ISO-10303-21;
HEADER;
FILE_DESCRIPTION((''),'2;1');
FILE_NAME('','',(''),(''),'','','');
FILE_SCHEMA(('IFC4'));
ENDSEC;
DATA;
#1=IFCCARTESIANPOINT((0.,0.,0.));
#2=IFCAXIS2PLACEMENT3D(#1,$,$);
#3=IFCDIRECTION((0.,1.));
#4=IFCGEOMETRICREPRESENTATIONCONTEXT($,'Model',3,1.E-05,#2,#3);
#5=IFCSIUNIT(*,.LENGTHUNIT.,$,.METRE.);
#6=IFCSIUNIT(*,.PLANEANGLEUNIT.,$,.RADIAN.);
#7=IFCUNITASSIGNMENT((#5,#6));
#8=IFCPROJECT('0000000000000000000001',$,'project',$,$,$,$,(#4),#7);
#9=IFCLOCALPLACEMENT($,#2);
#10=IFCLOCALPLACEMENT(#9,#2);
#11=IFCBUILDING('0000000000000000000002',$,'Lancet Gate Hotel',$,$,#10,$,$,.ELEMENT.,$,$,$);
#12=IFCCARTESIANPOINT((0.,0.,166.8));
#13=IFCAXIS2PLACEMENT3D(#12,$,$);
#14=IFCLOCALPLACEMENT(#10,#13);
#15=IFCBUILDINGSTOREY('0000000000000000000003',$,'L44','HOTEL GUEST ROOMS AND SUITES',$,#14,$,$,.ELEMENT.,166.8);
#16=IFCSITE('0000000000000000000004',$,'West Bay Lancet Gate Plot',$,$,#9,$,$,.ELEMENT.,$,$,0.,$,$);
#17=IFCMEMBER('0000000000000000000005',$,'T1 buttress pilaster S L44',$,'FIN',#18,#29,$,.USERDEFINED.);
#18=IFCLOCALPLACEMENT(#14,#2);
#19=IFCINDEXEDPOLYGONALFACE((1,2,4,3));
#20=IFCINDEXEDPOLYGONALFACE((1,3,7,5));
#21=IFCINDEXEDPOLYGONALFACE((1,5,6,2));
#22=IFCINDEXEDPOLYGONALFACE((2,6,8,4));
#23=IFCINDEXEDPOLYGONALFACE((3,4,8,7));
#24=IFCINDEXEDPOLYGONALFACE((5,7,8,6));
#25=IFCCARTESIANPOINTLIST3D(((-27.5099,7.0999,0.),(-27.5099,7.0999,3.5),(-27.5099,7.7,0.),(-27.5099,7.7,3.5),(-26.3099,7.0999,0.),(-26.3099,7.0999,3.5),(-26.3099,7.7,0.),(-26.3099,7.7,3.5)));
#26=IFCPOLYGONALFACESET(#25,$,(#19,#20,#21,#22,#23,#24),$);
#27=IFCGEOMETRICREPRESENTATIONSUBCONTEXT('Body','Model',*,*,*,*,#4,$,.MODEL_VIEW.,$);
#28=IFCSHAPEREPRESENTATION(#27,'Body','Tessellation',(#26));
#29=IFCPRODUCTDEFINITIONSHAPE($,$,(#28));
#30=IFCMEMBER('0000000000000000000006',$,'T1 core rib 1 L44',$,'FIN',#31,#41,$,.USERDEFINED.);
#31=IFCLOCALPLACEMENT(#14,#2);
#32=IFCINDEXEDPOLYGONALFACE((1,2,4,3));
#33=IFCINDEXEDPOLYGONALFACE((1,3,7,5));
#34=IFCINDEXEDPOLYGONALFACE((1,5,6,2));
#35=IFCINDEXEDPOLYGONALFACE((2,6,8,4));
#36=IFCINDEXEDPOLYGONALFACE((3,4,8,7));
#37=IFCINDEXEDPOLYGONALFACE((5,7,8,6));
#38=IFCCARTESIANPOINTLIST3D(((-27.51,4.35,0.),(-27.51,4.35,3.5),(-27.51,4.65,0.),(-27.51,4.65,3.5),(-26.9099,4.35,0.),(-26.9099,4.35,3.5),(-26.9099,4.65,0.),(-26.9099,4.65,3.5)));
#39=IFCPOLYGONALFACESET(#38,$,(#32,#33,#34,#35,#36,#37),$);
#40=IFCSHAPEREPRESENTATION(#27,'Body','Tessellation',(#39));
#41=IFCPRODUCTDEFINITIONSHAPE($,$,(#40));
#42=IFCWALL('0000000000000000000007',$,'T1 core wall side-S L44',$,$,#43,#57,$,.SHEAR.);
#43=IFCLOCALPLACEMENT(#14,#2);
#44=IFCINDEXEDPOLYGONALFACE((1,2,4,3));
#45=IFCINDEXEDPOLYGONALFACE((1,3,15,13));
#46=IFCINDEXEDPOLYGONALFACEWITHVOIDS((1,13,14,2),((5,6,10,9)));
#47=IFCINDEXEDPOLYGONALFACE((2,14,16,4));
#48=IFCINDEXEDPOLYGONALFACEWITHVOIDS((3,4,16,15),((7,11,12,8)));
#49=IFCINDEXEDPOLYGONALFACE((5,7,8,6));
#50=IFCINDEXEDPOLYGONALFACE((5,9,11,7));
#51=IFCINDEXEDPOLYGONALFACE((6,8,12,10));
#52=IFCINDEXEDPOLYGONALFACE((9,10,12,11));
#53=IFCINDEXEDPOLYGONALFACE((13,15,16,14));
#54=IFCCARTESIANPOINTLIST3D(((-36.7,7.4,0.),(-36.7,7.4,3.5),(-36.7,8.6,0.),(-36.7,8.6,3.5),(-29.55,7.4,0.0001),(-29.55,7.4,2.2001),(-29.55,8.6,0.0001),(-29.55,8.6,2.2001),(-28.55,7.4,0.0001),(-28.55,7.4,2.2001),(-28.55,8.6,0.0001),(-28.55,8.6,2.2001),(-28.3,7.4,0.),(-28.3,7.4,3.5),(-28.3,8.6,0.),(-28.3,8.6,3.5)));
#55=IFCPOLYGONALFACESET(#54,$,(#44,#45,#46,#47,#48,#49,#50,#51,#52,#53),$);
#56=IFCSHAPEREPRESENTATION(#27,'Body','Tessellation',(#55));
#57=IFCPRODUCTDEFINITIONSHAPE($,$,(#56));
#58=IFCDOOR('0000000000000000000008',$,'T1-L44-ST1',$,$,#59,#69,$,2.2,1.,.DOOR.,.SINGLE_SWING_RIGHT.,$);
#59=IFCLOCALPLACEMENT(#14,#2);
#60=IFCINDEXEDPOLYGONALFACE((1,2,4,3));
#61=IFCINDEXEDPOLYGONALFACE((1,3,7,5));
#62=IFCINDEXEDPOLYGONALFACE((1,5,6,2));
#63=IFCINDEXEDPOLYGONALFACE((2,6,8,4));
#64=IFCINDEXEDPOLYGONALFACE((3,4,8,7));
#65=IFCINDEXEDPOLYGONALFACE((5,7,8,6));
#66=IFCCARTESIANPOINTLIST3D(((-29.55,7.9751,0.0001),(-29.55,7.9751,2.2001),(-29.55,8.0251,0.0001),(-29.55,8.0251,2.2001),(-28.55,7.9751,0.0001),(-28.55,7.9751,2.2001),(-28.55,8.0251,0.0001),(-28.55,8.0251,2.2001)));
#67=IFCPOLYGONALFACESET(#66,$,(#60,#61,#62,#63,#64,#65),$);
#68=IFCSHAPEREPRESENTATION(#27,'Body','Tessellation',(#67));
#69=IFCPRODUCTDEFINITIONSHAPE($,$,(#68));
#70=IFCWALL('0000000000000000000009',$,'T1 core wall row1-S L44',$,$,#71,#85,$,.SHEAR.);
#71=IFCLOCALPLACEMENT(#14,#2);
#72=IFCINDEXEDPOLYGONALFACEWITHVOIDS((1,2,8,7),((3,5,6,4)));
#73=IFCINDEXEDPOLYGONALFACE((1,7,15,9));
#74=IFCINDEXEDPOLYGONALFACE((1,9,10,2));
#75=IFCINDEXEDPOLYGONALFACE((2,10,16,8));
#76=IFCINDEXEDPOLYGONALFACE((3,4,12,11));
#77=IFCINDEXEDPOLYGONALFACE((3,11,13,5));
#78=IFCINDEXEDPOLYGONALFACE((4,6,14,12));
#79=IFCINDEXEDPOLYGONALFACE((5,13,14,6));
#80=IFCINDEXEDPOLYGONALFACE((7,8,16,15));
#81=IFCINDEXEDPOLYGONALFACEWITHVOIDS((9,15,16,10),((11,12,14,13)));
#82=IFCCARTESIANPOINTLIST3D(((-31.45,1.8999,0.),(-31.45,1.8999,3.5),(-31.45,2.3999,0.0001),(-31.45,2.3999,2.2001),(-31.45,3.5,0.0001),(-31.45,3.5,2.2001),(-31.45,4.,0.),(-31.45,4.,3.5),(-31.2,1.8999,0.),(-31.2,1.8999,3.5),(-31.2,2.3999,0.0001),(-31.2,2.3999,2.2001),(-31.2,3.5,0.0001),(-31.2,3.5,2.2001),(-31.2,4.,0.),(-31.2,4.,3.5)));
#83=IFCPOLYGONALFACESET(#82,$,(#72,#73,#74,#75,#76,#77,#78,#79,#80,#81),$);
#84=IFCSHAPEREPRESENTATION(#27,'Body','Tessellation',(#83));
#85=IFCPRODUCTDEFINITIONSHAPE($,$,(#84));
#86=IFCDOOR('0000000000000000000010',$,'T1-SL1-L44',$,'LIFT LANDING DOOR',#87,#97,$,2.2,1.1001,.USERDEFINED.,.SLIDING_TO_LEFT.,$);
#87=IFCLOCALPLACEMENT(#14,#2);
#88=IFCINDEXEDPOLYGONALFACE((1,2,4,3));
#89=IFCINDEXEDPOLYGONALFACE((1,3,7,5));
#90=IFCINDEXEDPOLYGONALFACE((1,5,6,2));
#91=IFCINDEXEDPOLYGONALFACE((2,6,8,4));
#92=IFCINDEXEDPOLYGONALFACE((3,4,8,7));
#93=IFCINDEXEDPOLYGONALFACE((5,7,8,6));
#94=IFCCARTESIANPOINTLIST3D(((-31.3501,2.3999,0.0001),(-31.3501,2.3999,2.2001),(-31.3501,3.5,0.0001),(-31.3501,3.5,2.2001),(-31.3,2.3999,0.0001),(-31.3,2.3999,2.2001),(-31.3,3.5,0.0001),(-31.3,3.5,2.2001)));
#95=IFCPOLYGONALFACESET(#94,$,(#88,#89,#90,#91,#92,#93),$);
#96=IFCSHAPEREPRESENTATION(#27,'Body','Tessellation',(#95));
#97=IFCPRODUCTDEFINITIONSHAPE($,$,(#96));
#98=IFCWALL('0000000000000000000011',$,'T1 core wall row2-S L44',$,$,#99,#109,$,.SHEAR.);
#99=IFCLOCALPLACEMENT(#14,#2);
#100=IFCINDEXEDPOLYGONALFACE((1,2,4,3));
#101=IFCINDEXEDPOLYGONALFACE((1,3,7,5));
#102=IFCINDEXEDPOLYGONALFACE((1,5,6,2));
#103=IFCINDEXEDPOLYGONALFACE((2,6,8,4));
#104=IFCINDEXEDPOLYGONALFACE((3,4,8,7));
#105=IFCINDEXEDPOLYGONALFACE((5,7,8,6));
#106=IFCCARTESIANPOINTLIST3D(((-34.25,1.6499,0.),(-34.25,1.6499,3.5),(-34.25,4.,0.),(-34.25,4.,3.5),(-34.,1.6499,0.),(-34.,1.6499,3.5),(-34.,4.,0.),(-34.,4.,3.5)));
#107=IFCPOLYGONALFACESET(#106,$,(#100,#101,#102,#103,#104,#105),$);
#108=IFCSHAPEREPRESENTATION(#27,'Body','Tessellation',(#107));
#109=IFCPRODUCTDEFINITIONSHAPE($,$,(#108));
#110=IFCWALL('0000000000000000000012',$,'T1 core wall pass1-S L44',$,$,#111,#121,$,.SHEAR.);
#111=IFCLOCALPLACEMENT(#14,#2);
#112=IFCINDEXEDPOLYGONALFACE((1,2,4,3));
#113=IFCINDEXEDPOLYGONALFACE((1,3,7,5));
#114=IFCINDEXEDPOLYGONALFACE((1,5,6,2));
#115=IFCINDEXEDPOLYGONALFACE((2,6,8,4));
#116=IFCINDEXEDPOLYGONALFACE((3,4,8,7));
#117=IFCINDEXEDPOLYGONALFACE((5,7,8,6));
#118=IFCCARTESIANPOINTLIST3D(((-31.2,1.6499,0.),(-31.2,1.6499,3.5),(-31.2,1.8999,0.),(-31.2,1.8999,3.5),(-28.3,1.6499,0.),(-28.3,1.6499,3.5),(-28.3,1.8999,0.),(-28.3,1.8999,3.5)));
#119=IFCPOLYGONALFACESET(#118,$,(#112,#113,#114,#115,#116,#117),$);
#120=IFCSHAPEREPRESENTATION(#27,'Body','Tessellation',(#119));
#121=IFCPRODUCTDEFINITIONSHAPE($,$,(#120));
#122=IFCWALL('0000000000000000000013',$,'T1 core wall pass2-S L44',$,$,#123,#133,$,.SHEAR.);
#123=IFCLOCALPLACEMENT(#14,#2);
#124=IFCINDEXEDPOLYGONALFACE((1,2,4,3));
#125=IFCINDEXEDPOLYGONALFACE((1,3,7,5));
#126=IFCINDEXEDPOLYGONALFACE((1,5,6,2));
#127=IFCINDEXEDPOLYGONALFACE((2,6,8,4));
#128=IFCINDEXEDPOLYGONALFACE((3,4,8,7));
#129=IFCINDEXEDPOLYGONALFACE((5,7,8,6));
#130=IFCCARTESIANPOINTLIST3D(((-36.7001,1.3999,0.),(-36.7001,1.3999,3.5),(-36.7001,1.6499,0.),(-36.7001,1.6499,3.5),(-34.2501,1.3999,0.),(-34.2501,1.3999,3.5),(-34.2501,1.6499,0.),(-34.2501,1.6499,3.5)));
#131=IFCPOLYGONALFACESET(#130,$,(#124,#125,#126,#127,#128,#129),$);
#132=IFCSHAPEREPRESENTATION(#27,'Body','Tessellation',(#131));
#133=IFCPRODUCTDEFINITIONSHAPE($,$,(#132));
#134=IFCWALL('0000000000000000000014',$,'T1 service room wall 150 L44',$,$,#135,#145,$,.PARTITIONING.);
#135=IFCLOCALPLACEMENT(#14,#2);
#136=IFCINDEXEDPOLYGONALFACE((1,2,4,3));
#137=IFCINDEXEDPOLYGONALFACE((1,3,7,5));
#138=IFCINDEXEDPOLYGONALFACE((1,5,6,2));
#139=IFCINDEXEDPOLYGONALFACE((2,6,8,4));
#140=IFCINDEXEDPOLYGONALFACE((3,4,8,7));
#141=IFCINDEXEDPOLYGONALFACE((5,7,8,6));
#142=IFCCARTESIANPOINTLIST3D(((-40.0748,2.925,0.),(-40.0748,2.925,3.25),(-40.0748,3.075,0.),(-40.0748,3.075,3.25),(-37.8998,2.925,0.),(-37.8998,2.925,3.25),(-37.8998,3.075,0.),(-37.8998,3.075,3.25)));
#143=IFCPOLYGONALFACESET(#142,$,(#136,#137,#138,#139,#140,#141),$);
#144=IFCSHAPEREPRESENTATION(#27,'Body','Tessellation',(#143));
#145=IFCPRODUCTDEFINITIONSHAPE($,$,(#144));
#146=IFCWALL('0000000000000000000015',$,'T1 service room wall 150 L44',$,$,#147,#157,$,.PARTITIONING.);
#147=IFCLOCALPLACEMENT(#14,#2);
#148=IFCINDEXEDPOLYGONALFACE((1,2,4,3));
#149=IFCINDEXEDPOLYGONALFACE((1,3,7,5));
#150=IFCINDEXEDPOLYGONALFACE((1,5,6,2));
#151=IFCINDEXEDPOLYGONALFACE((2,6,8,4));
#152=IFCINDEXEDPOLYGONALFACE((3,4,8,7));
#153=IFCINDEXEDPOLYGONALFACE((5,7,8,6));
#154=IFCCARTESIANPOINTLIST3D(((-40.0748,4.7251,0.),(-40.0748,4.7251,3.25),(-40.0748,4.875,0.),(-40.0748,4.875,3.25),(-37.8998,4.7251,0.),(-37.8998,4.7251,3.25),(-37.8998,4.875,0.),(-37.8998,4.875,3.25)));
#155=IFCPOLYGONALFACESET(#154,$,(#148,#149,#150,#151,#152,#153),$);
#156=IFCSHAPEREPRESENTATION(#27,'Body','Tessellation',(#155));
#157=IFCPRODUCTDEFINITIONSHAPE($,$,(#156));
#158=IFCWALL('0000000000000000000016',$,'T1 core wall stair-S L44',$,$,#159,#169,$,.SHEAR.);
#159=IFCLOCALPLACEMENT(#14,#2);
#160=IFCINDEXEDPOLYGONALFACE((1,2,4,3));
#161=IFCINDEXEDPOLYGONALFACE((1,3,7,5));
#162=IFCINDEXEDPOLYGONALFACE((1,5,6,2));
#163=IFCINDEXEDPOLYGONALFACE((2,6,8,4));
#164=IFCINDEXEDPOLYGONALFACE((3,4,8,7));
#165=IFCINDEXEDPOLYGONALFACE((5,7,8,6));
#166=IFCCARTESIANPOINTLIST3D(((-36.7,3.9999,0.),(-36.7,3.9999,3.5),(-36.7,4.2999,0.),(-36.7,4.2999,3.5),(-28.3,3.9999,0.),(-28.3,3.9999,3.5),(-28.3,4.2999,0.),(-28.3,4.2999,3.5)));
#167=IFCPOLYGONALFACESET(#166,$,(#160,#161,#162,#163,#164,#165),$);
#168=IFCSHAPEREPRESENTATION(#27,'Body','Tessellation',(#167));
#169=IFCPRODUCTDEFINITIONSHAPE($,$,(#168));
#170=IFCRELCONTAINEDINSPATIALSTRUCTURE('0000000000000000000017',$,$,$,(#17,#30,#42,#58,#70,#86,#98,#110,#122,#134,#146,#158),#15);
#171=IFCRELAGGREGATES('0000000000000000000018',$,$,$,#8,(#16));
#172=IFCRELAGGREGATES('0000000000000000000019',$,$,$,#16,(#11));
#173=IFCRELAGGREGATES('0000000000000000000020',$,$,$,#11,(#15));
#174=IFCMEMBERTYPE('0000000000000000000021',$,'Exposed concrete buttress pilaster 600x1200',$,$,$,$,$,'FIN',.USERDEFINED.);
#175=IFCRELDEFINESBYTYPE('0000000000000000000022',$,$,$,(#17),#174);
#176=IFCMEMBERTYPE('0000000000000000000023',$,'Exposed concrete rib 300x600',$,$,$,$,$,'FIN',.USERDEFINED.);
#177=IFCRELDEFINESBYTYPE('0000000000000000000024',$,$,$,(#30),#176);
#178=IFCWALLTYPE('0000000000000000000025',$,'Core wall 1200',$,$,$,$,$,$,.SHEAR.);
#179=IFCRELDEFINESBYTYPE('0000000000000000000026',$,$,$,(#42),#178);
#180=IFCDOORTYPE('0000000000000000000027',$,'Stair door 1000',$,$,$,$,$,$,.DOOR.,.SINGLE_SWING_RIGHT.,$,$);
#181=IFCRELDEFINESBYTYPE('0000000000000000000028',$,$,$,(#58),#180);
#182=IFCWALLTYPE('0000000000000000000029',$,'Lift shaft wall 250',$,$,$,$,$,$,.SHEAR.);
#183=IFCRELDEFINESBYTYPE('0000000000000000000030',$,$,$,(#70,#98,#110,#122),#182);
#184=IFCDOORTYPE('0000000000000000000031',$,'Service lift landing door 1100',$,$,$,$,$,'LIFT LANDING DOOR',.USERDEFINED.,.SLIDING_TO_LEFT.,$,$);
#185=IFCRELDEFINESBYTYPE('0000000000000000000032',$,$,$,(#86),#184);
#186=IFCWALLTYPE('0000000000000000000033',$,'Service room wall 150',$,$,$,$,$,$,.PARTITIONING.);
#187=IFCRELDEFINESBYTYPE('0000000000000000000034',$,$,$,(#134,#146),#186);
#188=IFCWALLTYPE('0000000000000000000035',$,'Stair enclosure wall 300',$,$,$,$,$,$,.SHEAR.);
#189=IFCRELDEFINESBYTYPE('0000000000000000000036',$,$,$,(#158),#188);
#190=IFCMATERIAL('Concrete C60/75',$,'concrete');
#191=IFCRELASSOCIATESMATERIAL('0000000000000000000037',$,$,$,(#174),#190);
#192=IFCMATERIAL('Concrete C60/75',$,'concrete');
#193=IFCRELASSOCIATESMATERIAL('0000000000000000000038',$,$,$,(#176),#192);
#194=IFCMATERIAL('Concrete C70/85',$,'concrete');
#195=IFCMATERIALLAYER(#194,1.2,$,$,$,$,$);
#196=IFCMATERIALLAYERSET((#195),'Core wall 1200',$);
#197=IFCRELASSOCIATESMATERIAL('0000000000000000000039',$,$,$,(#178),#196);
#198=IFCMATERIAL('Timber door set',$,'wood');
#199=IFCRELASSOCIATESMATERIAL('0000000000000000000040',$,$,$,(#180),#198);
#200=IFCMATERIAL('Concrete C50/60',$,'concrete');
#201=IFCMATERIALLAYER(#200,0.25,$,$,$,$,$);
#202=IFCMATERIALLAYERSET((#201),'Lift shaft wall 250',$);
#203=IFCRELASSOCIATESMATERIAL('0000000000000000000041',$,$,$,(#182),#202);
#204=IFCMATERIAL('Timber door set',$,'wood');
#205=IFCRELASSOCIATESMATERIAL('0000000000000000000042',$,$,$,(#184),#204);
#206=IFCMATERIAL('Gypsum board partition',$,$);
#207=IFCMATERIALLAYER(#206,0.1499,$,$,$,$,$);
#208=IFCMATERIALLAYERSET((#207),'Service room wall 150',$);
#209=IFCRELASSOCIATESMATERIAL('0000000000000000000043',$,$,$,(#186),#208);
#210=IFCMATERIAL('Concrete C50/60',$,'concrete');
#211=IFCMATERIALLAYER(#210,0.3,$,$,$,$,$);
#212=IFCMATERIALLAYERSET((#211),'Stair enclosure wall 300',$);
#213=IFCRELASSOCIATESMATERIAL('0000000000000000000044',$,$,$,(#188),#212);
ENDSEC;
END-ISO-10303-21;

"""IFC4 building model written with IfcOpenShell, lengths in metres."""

from ifc_helpers import new_model, si_unit, direction, frame, frame_2d, origin, origin_2d, place, context, subcontext, project, spatial, rectangle, extrude, material, layer, layer_set, material_profile, profile_set, type_object, element, fill, save


model = new_model("IFC4")

# Units and contexts
model_context = context("Model", 3, precision=1e-05, world=origin(), true_north=direction((0.0, 1.0)))
body_context = subcontext(model_context, "Body", "Model", "MODEL_VIEW")
ifc_project = project(units=[si_unit("LENGTHUNIT", "METRE"), si_unit("PLANEANGLEUNIT", "RADIAN")], contexts=[model_context])

# Site, building, storey
site_placement = place(None, origin())
site = spatial("IfcSite", under=ifc_project, at=site_placement, Name="West Bay Lancet Gate Plot", CompositionType="ELEMENT", RefElevation=0.0)
building_placement = place(site_placement, origin())
building = spatial("IfcBuilding", under=site, at=building_placement, Name="Lancet Gate Hotel", CompositionType="ELEMENT")
storey_placement = place(building_placement, frame((0.0, 0.0, 166.8)))
storey = spatial("IfcBuildingStorey", under=building, at=storey_placement, Name="L44", Description="HOTEL GUEST ROOMS AND SUITES", CompositionType="ELEMENT", Elevation=166.8)

# Members
ifc_material_1 = material(Name="Concrete C60/75", Category="concrete")
ifc_material_profile_1 = material_profile(ifc_material_1, rectangle(XDim=0.6001, YDim=1.2, at=origin_2d()), Name="FIN 600x1200")
ifc_profile_set_1 = profile_set([ifc_material_profile_1], Name="Concrete C60/75")
member_type_1 = type_object("IfcMemberType", Name="Exposed concrete buttress pilaster 600x1200", ElementType="FIN", PredefinedType="USERDEFINED", material=ifc_profile_set_1)
member_1_placement = place(storey_placement, frame((-26.9099, 7.3999, 0.0), z_axis=(0.0, 0.0, 1.0), x_axis=(0.0, 1.0, 0.0)))
element("IfcMember", 1, at=member_1_placement, inside=storey, type_object=member_type_1, Name="T1 buttress pilaster S L44", ObjectType="FIN", PredefinedType="USERDEFINED", context=body_context, shape_type="SweptSolid", body=[
    extrude(rectangle(XDim=0.6001, YDim=1.2, at=origin_2d()), origin(), (0.0, 0.0, 1.0), 3.5),
])
ifc_material_2 = material(Name="Concrete C60/75", Category="concrete")
ifc_material_profile_2 = material_profile(ifc_material_2, rectangle(XDim=0.3, YDim=0.6001, at=origin_2d()), Name="FIN 300x600")
ifc_profile_set_2 = profile_set([ifc_material_profile_2], Name="Concrete C60/75")
member_type_2 = type_object("IfcMemberType", Name="Exposed concrete rib 300x600", ElementType="FIN", PredefinedType="USERDEFINED", material=ifc_profile_set_2)
member_2_placement = place(storey_placement, frame((-27.21, 4.5, 0.0), z_axis=(0.0, 0.0, 1.0), x_axis=(0.0, 1.0, 0.0)))
element("IfcMember", 2, at=member_2_placement, inside=storey, type_object=member_type_2, Name="T1 core rib 1 L44", ObjectType="FIN", PredefinedType="USERDEFINED", context=body_context, shape_type="SweptSolid", body=[
    extrude(rectangle(XDim=0.3, YDim=0.6001, at=origin_2d()), origin(), (0.0, 0.0, 1.0), 3.5),
])

# Walls, openings, doors
ifc_material_3 = material(Name="Concrete C70/85", Category="concrete")
ifc_layer_1 = layer(ifc_material_3, 1.2)
ifc_layer_set_1 = layer_set([ifc_layer_1], Name="Core wall 1200")
wall_type_1 = type_object("IfcWallType", Name="Core wall 1200", PredefinedType="SHEAR", material=ifc_layer_set_1)
wall_1_placement = place(storey_placement, frame((-28.3, 8.0, 0.0), z_axis=(0.0, 0.0, 1.0), x_axis=(-1.0, 0.0, 0.0)))
wall_1 = element("IfcWall", 3, at=wall_1_placement, inside=storey, type_object=wall_type_1, Name="T1 core wall side-S L44", PredefinedType="SHEAR", context=body_context, shape_type="SweptSolid", body=[
    extrude(rectangle(XDim=8.3999, YDim=1.2, at=frame_2d((4.2, 0.0))), origin(), (0.0, 0.0, 1.0), 3.5),
])
opening_1_placement = place(wall_1_placement, frame((0.25, 0.0, 0.0)))
opening_1 = element("IfcOpeningElement", 4, at=opening_1_placement, cuts=wall_1, PredefinedType="OPENING", context=body_context, shape_type="SweptSolid", body=[
    extrude(rectangle(XDim=1.0, YDim=2.2, at=frame_2d((0.5, 1.1001))), frame((0.0, 0.6099, 0.0), z_axis=(0.0, -1.0, 0.0), x_axis=(1.0, 0.0, 0.0)), (0.0, 0.0, 1.0), 1.22),
])
ifc_material_4 = material(Name="Timber door set", Category="wood")
door_type_1 = type_object("IfcDoorType", Name="Stair door 1000", OperationType="SINGLE_SWING_RIGHT", PredefinedType="DOOR", material=ifc_material_4)
door_1_placement = place(opening_1_placement, origin())
door_1 = element("IfcDoor", 5, at=door_1_placement, inside=storey, type_object=door_type_1, Name="T1-L44-ST1", OperationType="SINGLE_SWING_RIGHT", OverallHeight=2.2, OverallWidth=1.0, PredefinedType="DOOR", context=body_context, shape_type="SweptSolid", body=[
    extrude(rectangle(XDim=1.0, YDim=2.2, at=frame_2d((0.5, 1.1001))), frame((0.0, 0.0249, 0.0), z_axis=(0.0, -1.0, 0.0), x_axis=(1.0, 0.0, 0.0)), (0.0, 0.0, 1.0), 0.05),
])
fill(opening_1, door_1)
ifc_material_5 = material(Name="Concrete C50/60", Category="concrete")
ifc_layer_2 = layer(ifc_material_5, 0.25)
ifc_layer_set_2 = layer_set([ifc_layer_2], Name="Lift shaft wall 250")
wall_type_2 = type_object("IfcWallType", Name="Lift shaft wall 250", PredefinedType="SHEAR", material=ifc_layer_set_2)
wall_2_placement = place(storey_placement, frame((-31.325, 4.0, 0.0), z_axis=(0.0, 0.0, 1.0), x_axis=(0.0, -1.0, 0.0)))
wall_2 = element("IfcWall", 6, at=wall_2_placement, inside=storey, type_object=wall_type_2, Name="T1 core wall row1-S L44", PredefinedType="SHEAR", context=body_context, shape_type="SweptSolid", body=[
    extrude(rectangle(XDim=2.1001, YDim=0.25, at=frame_2d((1.05, 0.0))), origin(), (0.0, 0.0, 1.0), 3.5),
])
opening_2_placement = place(wall_2_placement, frame((0.5, 0.0, 0.0)))
opening_2 = element("IfcOpeningElement", 7, at=opening_2_placement, cuts=wall_2, PredefinedType="OPENING", context=body_context, shape_type="SweptSolid", body=[
    extrude(rectangle(XDim=1.1001, YDim=2.2, at=frame_2d((0.55, 1.1001))), frame((0.0, 0.135, 0.0), z_axis=(0.0, -1.0, 0.0), x_axis=(1.0, 0.0, 0.0)), (0.0, 0.0, 1.0), 0.27),
])
ifc_material_6 = material(Name="Timber door set", Category="wood")
door_type_2 = type_object("IfcDoorType", Name="Service lift landing door 1100", ElementType="LIFT LANDING DOOR", OperationType="SLIDING_TO_LEFT", PredefinedType="USERDEFINED", material=ifc_material_6)
door_2_placement = place(opening_2_placement, origin())
door_2 = element("IfcDoor", 8, at=door_2_placement, inside=storey, type_object=door_type_2, Name="T1-SL1-L44", ObjectType="LIFT LANDING DOOR", OperationType="SLIDING_TO_LEFT", OverallHeight=2.2, OverallWidth=1.1001, PredefinedType="USERDEFINED", context=body_context, shape_type="SweptSolid", body=[
    extrude(rectangle(XDim=1.1001, YDim=2.2, at=frame_2d((0.55, 1.1001))), frame((0.0, 0.0249, 0.0), z_axis=(0.0, -1.0, 0.0), x_axis=(1.0, 0.0, 0.0)), (0.0, 0.0, 1.0), 0.05),
])
fill(opening_2, door_2)

# Walls
wall_3_placement = place(storey_placement, frame((-34.125, 4.0, 0.0), z_axis=(0.0, 0.0, 1.0), x_axis=(0.0, -1.0, 0.0)))
element("IfcWall", 9, at=wall_3_placement, inside=storey, type_object=wall_type_2, Name="T1 core wall row2-S L44", PredefinedType="SHEAR", context=body_context, shape_type="SweptSolid", body=[
    extrude(rectangle(XDim=2.3501, YDim=0.25, at=frame_2d((1.175, 0.0))), origin(), (0.0, 0.0, 1.0), 3.5),
])
wall_4_placement = place(storey_placement, frame((-28.3, 1.7749, 0.0), z_axis=(0.0, 0.0, 1.0), x_axis=(-1.0, 0.0, 0.0)))
element("IfcWall", 10, at=wall_4_placement, inside=storey, type_object=wall_type_2, Name="T1 core wall pass1-S L44", PredefinedType="SHEAR", context=body_context, shape_type="SweptSolid", body=[
    extrude(rectangle(XDim=2.8999, YDim=0.25, at=frame_2d((1.45, 0.0))), origin(), (0.0, 0.0, 1.0), 3.5),
])
wall_5_placement = place(storey_placement, frame((-34.25, 1.5249, 0.0), z_axis=(0.0, 0.0, 1.0), x_axis=(-1.0, 0.0, 0.0)))
element("IfcWall", 11, at=wall_5_placement, inside=storey, type_object=wall_type_2, Name="T1 core wall pass2-S L44", PredefinedType="SHEAR", context=body_context, shape_type="SweptSolid", body=[
    extrude(rectangle(XDim=2.45, YDim=0.25, at=frame_2d((1.2251, 0.0))), origin(), (0.0, 0.0, 1.0), 3.5),
])
ifc_material_7 = material(Name="Gypsum board partition")
ifc_layer_3 = layer(ifc_material_7, 0.1499)
ifc_layer_set_3 = layer_set([ifc_layer_3], Name="Service room wall 150")
wall_type_3 = type_object("IfcWallType", Name="Service room wall 150", PredefinedType="PARTITIONING", material=ifc_layer_set_3)
for number, where, z_axis, x_axis, name in (
    (12, (-37.8999, 3.0, 0.0), (0.0, 0.0, 1.0), (-1.0, 0.0, 0.0), "T1 service room wall 150 L44"),
    (13, (-37.8999, 4.8, 0.0), (0.0, 0.0, 1.0), (-1.0, 0.0, 0.0), "T1 service room wall 150 L44"),
):
    element("IfcWall", number, at=place(storey_placement, frame(where, z_axis=z_axis, x_axis=x_axis)), inside=storey, type_object=wall_type_3, Name=name, PredefinedType="PARTITIONING", context=body_context, shape_type="SweptSolid", body=[
        extrude(rectangle(XDim=2.175, YDim=0.1499, at=frame_2d((1.0874, 0.0))), origin(), (0.0, 0.0, 1.0), 3.25),
    ])
ifc_material_8 = material(Name="Concrete C50/60", Category="concrete")
ifc_layer_4 = layer(ifc_material_8, 0.3)
ifc_layer_set_4 = layer_set([ifc_layer_4], Name="Stair enclosure wall 300")
wall_type_4 = type_object("IfcWallType", Name="Stair enclosure wall 300", PredefinedType="SHEAR", material=ifc_layer_set_4)
wall_6_placement = place(storey_placement, frame((-28.3, 4.1499, 0.0), z_axis=(0.0, 0.0, 1.0), x_axis=(-1.0, 0.0, 0.0)))
element("IfcWall", 14, at=wall_6_placement, inside=storey, type_object=wall_type_4, Name="T1 core wall stair-S L44", PredefinedType="SHEAR", context=body_context, shape_type="SweptSolid", body=[
    extrude(rectangle(XDim=8.3999, YDim=0.3, at=frame_2d((4.2, 0.0))), origin(), (0.0, 0.0, 1.0), 3.5),
])

save(model, "model.ifc")
